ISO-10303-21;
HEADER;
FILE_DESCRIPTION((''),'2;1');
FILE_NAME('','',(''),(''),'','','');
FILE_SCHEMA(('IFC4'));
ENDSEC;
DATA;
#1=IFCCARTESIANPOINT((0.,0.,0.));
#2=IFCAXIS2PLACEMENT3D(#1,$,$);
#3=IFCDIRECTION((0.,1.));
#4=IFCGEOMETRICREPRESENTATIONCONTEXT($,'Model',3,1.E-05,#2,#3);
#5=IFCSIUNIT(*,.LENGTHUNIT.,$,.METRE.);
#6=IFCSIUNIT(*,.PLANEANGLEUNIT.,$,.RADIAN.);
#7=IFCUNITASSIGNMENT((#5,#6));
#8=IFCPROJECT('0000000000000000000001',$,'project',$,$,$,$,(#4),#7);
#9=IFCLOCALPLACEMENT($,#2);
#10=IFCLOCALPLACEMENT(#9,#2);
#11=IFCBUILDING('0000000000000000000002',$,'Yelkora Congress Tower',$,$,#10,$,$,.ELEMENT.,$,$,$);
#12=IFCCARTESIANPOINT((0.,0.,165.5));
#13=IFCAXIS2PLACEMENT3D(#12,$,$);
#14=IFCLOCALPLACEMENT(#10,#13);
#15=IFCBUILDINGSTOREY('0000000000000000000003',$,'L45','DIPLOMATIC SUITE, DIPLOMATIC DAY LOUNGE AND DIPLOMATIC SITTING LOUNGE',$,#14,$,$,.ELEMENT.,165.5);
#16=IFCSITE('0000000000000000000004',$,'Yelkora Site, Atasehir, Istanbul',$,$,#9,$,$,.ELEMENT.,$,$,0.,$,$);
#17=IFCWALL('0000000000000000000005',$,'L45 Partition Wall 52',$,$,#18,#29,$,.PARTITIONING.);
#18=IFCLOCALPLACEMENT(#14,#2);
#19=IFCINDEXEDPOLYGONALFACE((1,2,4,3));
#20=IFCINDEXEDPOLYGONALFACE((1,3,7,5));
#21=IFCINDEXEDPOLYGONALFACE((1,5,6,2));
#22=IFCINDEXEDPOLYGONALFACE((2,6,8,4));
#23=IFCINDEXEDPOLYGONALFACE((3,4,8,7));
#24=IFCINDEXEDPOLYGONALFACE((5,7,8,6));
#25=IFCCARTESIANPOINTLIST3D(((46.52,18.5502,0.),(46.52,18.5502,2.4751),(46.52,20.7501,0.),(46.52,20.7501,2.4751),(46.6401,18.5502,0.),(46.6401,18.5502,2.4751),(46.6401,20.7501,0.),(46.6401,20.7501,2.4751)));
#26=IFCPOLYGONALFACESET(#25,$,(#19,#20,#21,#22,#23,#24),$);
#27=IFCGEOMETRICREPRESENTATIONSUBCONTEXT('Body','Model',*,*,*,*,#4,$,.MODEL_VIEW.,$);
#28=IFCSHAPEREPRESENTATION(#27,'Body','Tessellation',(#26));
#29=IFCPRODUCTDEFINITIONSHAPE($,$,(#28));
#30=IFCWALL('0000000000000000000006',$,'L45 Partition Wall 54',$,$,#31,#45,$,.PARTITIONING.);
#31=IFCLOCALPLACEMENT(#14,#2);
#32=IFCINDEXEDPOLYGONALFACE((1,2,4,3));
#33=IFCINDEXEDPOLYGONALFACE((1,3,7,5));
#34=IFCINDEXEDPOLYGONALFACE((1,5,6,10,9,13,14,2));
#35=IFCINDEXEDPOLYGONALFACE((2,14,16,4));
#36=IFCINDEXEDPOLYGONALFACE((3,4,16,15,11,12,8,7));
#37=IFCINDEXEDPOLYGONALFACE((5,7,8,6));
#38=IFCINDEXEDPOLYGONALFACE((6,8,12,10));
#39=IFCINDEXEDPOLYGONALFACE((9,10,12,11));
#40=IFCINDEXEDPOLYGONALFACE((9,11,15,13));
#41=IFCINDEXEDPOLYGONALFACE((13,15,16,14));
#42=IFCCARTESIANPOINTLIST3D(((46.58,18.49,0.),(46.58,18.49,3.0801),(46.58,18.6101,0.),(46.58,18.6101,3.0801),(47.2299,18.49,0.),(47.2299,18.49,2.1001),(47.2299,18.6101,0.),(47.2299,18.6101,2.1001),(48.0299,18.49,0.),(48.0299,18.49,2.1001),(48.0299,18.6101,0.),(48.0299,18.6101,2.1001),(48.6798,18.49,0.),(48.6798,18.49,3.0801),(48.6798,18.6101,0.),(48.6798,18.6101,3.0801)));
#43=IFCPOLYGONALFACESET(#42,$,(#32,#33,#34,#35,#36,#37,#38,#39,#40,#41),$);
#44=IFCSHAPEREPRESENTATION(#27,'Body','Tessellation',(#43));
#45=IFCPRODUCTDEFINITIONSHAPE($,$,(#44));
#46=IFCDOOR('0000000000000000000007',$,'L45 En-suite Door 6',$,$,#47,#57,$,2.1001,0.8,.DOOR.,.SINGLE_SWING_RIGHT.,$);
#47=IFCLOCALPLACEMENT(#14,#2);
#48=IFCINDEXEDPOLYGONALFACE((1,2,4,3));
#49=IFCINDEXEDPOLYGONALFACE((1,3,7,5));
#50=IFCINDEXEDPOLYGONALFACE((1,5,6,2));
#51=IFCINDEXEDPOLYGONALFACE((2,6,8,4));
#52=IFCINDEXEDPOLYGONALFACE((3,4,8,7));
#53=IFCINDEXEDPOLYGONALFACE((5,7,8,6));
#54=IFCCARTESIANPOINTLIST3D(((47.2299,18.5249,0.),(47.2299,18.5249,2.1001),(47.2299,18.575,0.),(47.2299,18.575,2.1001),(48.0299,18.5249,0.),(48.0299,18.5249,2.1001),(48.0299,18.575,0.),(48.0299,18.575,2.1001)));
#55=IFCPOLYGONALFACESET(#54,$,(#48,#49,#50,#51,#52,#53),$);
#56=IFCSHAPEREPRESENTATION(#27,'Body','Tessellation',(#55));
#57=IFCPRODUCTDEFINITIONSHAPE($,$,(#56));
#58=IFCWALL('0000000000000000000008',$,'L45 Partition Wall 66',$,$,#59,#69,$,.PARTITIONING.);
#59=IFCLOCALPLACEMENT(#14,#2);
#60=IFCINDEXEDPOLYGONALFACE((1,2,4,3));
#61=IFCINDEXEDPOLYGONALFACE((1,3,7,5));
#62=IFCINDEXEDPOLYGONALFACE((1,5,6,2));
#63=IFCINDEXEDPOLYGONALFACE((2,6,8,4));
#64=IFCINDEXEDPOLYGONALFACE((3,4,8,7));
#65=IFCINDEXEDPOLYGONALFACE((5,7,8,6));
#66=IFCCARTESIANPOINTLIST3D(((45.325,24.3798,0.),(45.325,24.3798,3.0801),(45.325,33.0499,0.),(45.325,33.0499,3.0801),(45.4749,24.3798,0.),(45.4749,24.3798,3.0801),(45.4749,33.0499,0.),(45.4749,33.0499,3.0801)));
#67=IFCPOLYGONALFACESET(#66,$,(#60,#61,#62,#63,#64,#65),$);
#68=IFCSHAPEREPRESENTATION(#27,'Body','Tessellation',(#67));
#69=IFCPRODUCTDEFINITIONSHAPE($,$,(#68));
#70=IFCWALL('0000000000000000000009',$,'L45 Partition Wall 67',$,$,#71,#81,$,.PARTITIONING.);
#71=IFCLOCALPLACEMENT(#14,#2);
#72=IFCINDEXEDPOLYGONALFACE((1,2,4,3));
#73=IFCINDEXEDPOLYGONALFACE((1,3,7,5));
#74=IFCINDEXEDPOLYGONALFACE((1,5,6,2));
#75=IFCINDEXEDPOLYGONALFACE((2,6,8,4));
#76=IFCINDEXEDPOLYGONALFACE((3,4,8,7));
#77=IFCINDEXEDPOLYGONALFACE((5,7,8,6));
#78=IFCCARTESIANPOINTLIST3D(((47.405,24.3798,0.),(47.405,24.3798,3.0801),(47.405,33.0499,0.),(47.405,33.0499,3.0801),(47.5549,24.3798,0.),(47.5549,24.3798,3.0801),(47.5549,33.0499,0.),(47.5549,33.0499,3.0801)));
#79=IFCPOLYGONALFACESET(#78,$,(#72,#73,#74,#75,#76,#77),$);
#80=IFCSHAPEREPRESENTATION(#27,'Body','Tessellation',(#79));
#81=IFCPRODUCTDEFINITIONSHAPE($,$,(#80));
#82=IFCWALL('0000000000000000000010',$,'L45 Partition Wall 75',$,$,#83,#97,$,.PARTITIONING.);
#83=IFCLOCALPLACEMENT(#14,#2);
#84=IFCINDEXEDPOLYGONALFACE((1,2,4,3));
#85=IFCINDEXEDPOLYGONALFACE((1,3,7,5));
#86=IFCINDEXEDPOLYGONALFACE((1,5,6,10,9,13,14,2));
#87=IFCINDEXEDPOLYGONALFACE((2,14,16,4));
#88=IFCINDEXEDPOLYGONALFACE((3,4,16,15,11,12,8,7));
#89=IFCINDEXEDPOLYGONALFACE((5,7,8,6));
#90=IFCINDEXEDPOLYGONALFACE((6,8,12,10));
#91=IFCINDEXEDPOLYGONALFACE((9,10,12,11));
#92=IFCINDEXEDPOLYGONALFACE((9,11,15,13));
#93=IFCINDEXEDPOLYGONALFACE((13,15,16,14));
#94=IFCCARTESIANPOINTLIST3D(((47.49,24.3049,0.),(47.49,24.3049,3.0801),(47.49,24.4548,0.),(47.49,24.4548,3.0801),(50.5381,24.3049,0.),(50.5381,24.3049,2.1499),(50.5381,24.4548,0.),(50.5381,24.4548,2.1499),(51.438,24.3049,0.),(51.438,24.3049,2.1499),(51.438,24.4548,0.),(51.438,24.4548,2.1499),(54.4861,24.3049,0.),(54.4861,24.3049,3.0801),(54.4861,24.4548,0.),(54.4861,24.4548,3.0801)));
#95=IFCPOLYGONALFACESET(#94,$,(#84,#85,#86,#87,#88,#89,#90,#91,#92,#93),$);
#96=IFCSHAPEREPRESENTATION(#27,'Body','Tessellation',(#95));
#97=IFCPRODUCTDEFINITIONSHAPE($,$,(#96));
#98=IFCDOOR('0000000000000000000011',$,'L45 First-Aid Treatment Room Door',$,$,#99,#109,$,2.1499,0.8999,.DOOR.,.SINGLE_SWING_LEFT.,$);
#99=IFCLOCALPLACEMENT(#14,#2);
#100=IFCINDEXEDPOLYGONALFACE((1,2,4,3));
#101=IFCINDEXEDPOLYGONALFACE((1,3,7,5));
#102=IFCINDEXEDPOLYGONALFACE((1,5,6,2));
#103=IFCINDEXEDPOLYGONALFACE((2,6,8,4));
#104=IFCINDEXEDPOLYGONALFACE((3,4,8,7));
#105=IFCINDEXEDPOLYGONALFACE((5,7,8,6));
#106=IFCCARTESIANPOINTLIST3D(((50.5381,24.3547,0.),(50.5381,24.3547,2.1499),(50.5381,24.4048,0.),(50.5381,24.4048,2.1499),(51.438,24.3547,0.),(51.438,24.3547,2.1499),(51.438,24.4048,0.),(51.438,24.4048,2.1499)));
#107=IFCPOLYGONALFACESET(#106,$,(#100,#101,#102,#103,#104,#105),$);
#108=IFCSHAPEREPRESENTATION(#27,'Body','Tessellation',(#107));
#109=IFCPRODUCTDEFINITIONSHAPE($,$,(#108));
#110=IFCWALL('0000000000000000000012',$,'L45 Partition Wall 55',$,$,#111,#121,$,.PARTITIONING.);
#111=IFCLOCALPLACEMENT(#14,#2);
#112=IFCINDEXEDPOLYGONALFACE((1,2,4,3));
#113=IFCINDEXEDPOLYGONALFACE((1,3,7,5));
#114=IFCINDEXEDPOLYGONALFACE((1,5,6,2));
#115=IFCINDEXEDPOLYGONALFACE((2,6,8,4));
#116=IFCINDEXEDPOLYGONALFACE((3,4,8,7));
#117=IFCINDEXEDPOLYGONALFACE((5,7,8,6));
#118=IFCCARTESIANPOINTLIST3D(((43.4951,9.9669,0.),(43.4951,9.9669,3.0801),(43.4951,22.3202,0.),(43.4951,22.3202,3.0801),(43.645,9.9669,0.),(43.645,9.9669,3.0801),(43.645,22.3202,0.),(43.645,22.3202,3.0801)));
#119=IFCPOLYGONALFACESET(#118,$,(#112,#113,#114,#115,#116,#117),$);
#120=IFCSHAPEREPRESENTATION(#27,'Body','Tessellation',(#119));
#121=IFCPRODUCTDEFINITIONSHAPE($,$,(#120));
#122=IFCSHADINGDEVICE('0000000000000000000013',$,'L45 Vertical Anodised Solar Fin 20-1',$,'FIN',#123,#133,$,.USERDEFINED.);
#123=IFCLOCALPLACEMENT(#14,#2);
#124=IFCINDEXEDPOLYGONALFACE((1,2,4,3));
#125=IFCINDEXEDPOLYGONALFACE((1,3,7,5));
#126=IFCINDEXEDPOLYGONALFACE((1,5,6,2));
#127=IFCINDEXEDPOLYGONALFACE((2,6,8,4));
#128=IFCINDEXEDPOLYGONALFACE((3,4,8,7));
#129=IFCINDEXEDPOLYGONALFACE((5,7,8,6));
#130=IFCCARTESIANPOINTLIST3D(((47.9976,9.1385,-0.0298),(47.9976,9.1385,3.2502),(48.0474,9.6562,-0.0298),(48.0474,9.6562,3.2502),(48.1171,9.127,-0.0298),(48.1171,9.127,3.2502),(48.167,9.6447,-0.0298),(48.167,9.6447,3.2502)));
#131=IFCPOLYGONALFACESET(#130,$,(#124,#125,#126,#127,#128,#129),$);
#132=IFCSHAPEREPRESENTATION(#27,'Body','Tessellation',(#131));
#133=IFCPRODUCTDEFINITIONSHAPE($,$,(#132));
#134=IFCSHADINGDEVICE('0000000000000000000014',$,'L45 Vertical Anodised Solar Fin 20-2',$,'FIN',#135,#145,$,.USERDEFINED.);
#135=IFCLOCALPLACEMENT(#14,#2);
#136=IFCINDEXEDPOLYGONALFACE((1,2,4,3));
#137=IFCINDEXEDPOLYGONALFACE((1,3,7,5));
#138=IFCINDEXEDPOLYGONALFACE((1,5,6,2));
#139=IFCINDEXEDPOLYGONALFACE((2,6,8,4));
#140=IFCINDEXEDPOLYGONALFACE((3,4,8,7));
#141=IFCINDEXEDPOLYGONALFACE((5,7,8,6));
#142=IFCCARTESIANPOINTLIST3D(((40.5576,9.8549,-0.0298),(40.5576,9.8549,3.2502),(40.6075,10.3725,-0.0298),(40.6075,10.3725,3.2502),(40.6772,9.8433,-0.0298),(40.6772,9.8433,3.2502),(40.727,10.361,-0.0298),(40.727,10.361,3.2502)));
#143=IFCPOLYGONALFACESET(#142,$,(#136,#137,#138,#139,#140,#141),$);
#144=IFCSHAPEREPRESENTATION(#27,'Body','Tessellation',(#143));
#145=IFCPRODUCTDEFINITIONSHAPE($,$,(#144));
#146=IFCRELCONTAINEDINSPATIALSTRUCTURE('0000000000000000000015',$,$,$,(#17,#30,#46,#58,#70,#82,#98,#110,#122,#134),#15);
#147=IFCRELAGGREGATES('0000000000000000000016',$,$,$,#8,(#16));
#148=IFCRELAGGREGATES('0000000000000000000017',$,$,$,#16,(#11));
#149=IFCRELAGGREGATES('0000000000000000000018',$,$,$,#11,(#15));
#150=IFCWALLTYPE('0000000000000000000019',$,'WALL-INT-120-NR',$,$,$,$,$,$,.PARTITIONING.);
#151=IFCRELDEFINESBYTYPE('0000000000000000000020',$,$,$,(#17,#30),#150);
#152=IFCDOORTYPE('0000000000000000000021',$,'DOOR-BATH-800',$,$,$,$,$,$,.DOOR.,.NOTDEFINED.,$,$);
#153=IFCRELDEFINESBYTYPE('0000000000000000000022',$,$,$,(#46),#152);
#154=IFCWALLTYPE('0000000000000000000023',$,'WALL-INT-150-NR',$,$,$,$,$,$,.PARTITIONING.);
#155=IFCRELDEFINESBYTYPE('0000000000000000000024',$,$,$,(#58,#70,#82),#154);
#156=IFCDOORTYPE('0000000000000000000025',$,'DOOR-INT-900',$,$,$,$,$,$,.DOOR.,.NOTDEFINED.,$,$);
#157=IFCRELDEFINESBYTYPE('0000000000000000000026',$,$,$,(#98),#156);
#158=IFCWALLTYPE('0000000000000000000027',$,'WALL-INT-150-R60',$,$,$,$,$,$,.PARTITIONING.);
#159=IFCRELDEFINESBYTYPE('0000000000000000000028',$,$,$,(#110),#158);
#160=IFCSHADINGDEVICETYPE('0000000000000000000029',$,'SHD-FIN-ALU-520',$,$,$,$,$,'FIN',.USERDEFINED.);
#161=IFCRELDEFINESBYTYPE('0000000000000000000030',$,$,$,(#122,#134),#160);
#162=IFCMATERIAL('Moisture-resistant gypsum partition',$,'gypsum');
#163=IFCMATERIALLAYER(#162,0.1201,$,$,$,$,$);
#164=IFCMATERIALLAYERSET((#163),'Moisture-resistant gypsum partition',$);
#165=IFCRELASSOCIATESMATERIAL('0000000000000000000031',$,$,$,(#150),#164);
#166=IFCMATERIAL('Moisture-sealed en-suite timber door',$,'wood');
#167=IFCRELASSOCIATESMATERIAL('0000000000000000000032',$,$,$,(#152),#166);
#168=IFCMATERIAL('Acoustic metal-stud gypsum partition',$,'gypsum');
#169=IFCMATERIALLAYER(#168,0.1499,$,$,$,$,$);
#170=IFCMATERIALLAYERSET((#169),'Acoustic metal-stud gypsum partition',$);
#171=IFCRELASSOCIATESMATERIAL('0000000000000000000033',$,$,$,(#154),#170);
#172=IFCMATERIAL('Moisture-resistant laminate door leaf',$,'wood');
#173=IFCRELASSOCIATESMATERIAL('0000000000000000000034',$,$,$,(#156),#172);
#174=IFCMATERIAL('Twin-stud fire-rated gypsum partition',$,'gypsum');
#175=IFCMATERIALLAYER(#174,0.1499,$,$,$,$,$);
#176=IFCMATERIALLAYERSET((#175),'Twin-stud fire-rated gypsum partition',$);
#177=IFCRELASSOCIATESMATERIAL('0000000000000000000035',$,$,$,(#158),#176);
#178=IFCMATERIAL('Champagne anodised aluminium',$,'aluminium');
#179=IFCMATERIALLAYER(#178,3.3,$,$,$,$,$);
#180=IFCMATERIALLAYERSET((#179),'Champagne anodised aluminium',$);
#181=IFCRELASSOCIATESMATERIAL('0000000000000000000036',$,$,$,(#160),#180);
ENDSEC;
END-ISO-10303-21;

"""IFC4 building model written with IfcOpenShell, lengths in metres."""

from ifc_helpers import new_model, si_unit, direction, frame, frame_2d, origin, origin_2d, place, context, subcontext, project, spatial, rectangle, extrude, material, layer, layer_set, type_object, element, fill, save


model = new_model("IFC4")

# Units and contexts
model_context = context("Model", 3, precision=1e-05, world=origin(), true_north=direction((0.0, 1.0)))
body_context = subcontext(model_context, "Body", "Model", "MODEL_VIEW")
ifc_project = project(units=[si_unit("LENGTHUNIT", "METRE"), si_unit("PLANEANGLEUNIT", "RADIAN")], contexts=[model_context])

# Site, building, storey
site_placement = place(None, origin())
site = spatial("IfcSite", under=ifc_project, at=site_placement, Name="Yelkora Site, Atasehir, Istanbul", CompositionType="ELEMENT", RefElevation=0.0)
building_placement = place(site_placement, origin())
building = spatial("IfcBuilding", under=site, at=building_placement, Name="Yelkora Congress Tower", CompositionType="ELEMENT")
storey_placement = place(building_placement, frame((0.0, 0.0, 165.5)))
storey = spatial("IfcBuildingStorey", under=building, at=storey_placement, Name="L45", Description="DIPLOMATIC SUITE, DIPLOMATIC DAY LOUNGE AND DIPLOMATIC SITTING LOUNGE", CompositionType="ELEMENT", Elevation=165.5)

# Wall
ifc_material_1 = material(Name="Moisture-resistant gypsum partition", Category="gypsum")
ifc_layer_1 = layer(ifc_material_1, 0.1201)
ifc_layer_set_1 = layer_set([ifc_layer_1], Name="Moisture-resistant gypsum partition")
wall_type_1 = type_object("IfcWallType", Name="WALL-INT-120-NR", PredefinedType="PARTITIONING", material=ifc_layer_set_1)
wall_1_placement = place(storey_placement, frame((46.5801, 18.55, 0.0), z_axis=(0.0, 0.0, 1.0), x_axis=(0.0, 1.0, 0.0)))
element("IfcWall", 1, at=wall_1_placement, inside=storey, type_object=wall_type_1, Name="L45 Partition Wall 52", PredefinedType="PARTITIONING", context=body_context, shape_type="SweptSolid", body=[
    extrude(rectangle(XDim=2.2, YDim=0.1201, at=frame_2d((1.1001, 0.0))), origin(), (0.0, 0.0, 1.0), 2.4751),
])

# Wall, opening, door
wall_2_placement = place(storey_placement, frame((46.5801, 18.55, 0.0), z_axis=(0.0, 0.0, 1.0), x_axis=(1.0, 0.0, 0.0)))
wall_2 = element("IfcWall", 2, at=wall_2_placement, inside=storey, type_object=wall_type_1, Name="L45 Partition Wall 54", PredefinedType="PARTITIONING", context=body_context, shape_type="SweptSolid", body=[
    extrude(rectangle(XDim=2.0999, YDim=0.1201, at=frame_2d((1.0498, 0.0))), origin(), (0.0, 0.0, 1.0), 3.0801),
])
opening_1_placement = place(wall_2_placement, frame((0.6499, 0.0, 0.0)))
opening_1 = element("IfcOpeningElement", 3, at=opening_1_placement, cuts=wall_2, PredefinedType="OPENING", context=body_context, shape_type="SweptSolid", body=[
    extrude(rectangle(XDim=0.8, YDim=2.1001, at=frame_2d((0.3999, 1.05))), frame((0.0, 0.0701, 0.0), z_axis=(0.0, -1.0, 0.0), x_axis=(1.0, 0.0, 0.0)), (0.0, 0.0, 1.0), 0.1401),
])
ifc_material_2 = material(Name="Moisture-sealed en-suite timber door", Category="wood")
door_type_1 = type_object("IfcDoorType", Name="DOOR-BATH-800", OperationType="NOTDEFINED", PredefinedType="DOOR", material=ifc_material_2)
door_1_placement = place(opening_1_placement, origin())
door_1 = element("IfcDoor", 4, at=door_1_placement, inside=storey, type_object=door_type_1, Name="L45 En-suite Door 6", OperationType="SINGLE_SWING_RIGHT", OverallHeight=2.1001, OverallWidth=0.8, PredefinedType="DOOR", context=body_context, shape_type="SweptSolid", body=[
    extrude(rectangle(XDim=0.8, YDim=2.1001, at=frame_2d((0.3999, 1.05))), frame((0.0, 0.0249, 0.0), z_axis=(0.0, -1.0, 0.0), x_axis=(1.0, 0.0, 0.0)), (0.0, 0.0, 1.0), 0.05),
])
fill(opening_1, door_1)

# Walls
ifc_material_3 = material(Name="Acoustic metal-stud gypsum partition", Category="gypsum")
ifc_layer_2 = layer(ifc_material_3, 0.1499)
ifc_layer_set_2 = layer_set([ifc_layer_2], Name="Acoustic metal-stud gypsum partition")
wall_type_2 = type_object("IfcWallType", Name="WALL-INT-150-NR", PredefinedType="PARTITIONING", material=ifc_layer_set_2)
for number, where, z_axis, x_axis, name in (
    (5, (45.3999, 24.3799, 0.0), (0.0, 0.0, 1.0), (0.0, 1.0, 0.0), "L45 Partition Wall 66"),
    (6, (47.48, 24.3799, 0.0), (0.0, 0.0, 1.0), (0.0, 1.0, 0.0), "L45 Partition Wall 67"),
):
    element("IfcWall", number, at=place(storey_placement, frame(where, z_axis=z_axis, x_axis=x_axis)), inside=storey, type_object=wall_type_2, Name=name, PredefinedType="PARTITIONING", context=body_context, shape_type="SweptSolid", body=[
        extrude(rectangle(XDim=8.6702, YDim=0.1499, at=frame_2d((4.335, 0.0))), origin(), (0.0, 0.0, 1.0), 3.0801),
    ])

# Wall, opening, door
wall_3_placement = place(storey_placement, frame((47.49, 24.3799, 0.0), z_axis=(0.0, 0.0, 1.0), x_axis=(1.0, 0.0, 0.0)))
wall_3 = element("IfcWall", 7, at=wall_3_placement, inside=storey, type_object=wall_type_2, Name="L45 Partition Wall 75", PredefinedType="PARTITIONING", context=body_context, shape_type="SweptSolid", body=[
    extrude(rectangle(XDim=6.9961, YDim=0.1499, at=frame_2d((3.498, 0.0))), origin(), (0.0, 0.0, 1.0), 3.0801),
])
opening_2_placement = place(wall_3_placement, frame((3.0481, 0.0, 0.0)))
opening_2 = element("IfcOpeningElement", 8, at=opening_2_placement, cuts=wall_3, PredefinedType="OPENING", context=body_context, shape_type="SweptSolid", body=[
    extrude(rectangle(XDim=0.8999, YDim=2.1499, at=frame_2d((0.45, 1.075))), frame((0.0, 0.085, 0.0), z_axis=(0.0, -1.0, 0.0), x_axis=(1.0, 0.0, 0.0)), (0.0, 0.0, 1.0), 0.1699),
])
ifc_material_4 = material(Name="Moisture-resistant laminate door leaf", Category="wood")
door_type_2 = type_object("IfcDoorType", Name="DOOR-INT-900", OperationType="NOTDEFINED", PredefinedType="DOOR", material=ifc_material_4)
door_2_placement = place(opening_2_placement, origin())
door_2 = element("IfcDoor", 9, at=door_2_placement, inside=storey, type_object=door_type_2, Name="L45 First-Aid Treatment Room Door", OperationType="SINGLE_SWING_LEFT", OverallHeight=2.1499, OverallWidth=0.8999, PredefinedType="DOOR", context=body_context, shape_type="SweptSolid", body=[
    extrude(rectangle(XDim=0.8999, YDim=2.1499, at=frame_2d((0.45, 1.075))), frame((0.0, 0.0249, 0.0), z_axis=(0.0, -1.0, 0.0), x_axis=(1.0, 0.0, 0.0)), (0.0, 0.0, 1.0), 0.05),
])
fill(opening_2, door_2)

# Wall
ifc_material_5 = material(Name="Twin-stud fire-rated gypsum partition", Category="gypsum")
ifc_layer_3 = layer(ifc_material_5, 0.1499)
ifc_layer_set_3 = layer_set([ifc_layer_3], Name="Twin-stud fire-rated gypsum partition")
wall_type_3 = type_object("IfcWallType", Name="WALL-INT-150-R60", PredefinedType="PARTITIONING", material=ifc_layer_set_3)
wall_4_placement = place(storey_placement, frame((43.5701, 9.9668, 0.0), z_axis=(0.0, 0.0, 1.0), x_axis=(0.0, 1.0, 0.0)))
element("IfcWall", 10, at=wall_4_placement, inside=storey, type_object=wall_type_3, Name="L45 Partition Wall 55", PredefinedType="PARTITIONING", context=body_context, shape_type="SweptSolid", body=[
    extrude(rectangle(XDim=12.3533, YDim=0.1499, at=frame_2d((6.1768, 0.0))), origin(), (0.0, 0.0, 1.0), 3.0801),
])

# Shading devices
ifc_material_6 = material(Name="Champagne anodised aluminium", Category="aluminium")
ifc_layer_4 = layer(ifc_material_6, 3.3)
ifc_layer_set_4 = layer_set([ifc_layer_4], Name="Champagne anodised aluminium")
shading_device_type = type_object("IfcShadingDeviceType", Name="SHD-FIN-ALU-520", ElementType="FIN", PredefinedType="USERDEFINED", material=ifc_layer_set_4)
for number, where, z_axis, x_axis, name in (
    (11, (48.0823, 9.3916, -0.0298), (0.0, 0.0, 1.0), (-0.995396, 0.095846, 0.0), "L45 Vertical Anodised Solar Fin 20-1"),
    (12, (40.6423, 10.1079, -0.0298), (0.0, 0.0, 1.0), (-0.995396, 0.095846, 0.0), "L45 Vertical Anodised Solar Fin 20-2"),
):
    element("IfcShadingDevice", number, at=place(storey_placement, frame(where, z_axis=z_axis, x_axis=x_axis)), inside=storey, type_object=shading_device_type, Name=name, ObjectType="FIN", PredefinedType="USERDEFINED", context=body_context, shape_type="SweptSolid", body=[
        extrude(rectangle(XDim=0.1201, YDim=0.52, at=origin_2d()), origin(), (0.0, 0.0, 1.0), 3.28),
    ])

save(model, "model.ifc")
